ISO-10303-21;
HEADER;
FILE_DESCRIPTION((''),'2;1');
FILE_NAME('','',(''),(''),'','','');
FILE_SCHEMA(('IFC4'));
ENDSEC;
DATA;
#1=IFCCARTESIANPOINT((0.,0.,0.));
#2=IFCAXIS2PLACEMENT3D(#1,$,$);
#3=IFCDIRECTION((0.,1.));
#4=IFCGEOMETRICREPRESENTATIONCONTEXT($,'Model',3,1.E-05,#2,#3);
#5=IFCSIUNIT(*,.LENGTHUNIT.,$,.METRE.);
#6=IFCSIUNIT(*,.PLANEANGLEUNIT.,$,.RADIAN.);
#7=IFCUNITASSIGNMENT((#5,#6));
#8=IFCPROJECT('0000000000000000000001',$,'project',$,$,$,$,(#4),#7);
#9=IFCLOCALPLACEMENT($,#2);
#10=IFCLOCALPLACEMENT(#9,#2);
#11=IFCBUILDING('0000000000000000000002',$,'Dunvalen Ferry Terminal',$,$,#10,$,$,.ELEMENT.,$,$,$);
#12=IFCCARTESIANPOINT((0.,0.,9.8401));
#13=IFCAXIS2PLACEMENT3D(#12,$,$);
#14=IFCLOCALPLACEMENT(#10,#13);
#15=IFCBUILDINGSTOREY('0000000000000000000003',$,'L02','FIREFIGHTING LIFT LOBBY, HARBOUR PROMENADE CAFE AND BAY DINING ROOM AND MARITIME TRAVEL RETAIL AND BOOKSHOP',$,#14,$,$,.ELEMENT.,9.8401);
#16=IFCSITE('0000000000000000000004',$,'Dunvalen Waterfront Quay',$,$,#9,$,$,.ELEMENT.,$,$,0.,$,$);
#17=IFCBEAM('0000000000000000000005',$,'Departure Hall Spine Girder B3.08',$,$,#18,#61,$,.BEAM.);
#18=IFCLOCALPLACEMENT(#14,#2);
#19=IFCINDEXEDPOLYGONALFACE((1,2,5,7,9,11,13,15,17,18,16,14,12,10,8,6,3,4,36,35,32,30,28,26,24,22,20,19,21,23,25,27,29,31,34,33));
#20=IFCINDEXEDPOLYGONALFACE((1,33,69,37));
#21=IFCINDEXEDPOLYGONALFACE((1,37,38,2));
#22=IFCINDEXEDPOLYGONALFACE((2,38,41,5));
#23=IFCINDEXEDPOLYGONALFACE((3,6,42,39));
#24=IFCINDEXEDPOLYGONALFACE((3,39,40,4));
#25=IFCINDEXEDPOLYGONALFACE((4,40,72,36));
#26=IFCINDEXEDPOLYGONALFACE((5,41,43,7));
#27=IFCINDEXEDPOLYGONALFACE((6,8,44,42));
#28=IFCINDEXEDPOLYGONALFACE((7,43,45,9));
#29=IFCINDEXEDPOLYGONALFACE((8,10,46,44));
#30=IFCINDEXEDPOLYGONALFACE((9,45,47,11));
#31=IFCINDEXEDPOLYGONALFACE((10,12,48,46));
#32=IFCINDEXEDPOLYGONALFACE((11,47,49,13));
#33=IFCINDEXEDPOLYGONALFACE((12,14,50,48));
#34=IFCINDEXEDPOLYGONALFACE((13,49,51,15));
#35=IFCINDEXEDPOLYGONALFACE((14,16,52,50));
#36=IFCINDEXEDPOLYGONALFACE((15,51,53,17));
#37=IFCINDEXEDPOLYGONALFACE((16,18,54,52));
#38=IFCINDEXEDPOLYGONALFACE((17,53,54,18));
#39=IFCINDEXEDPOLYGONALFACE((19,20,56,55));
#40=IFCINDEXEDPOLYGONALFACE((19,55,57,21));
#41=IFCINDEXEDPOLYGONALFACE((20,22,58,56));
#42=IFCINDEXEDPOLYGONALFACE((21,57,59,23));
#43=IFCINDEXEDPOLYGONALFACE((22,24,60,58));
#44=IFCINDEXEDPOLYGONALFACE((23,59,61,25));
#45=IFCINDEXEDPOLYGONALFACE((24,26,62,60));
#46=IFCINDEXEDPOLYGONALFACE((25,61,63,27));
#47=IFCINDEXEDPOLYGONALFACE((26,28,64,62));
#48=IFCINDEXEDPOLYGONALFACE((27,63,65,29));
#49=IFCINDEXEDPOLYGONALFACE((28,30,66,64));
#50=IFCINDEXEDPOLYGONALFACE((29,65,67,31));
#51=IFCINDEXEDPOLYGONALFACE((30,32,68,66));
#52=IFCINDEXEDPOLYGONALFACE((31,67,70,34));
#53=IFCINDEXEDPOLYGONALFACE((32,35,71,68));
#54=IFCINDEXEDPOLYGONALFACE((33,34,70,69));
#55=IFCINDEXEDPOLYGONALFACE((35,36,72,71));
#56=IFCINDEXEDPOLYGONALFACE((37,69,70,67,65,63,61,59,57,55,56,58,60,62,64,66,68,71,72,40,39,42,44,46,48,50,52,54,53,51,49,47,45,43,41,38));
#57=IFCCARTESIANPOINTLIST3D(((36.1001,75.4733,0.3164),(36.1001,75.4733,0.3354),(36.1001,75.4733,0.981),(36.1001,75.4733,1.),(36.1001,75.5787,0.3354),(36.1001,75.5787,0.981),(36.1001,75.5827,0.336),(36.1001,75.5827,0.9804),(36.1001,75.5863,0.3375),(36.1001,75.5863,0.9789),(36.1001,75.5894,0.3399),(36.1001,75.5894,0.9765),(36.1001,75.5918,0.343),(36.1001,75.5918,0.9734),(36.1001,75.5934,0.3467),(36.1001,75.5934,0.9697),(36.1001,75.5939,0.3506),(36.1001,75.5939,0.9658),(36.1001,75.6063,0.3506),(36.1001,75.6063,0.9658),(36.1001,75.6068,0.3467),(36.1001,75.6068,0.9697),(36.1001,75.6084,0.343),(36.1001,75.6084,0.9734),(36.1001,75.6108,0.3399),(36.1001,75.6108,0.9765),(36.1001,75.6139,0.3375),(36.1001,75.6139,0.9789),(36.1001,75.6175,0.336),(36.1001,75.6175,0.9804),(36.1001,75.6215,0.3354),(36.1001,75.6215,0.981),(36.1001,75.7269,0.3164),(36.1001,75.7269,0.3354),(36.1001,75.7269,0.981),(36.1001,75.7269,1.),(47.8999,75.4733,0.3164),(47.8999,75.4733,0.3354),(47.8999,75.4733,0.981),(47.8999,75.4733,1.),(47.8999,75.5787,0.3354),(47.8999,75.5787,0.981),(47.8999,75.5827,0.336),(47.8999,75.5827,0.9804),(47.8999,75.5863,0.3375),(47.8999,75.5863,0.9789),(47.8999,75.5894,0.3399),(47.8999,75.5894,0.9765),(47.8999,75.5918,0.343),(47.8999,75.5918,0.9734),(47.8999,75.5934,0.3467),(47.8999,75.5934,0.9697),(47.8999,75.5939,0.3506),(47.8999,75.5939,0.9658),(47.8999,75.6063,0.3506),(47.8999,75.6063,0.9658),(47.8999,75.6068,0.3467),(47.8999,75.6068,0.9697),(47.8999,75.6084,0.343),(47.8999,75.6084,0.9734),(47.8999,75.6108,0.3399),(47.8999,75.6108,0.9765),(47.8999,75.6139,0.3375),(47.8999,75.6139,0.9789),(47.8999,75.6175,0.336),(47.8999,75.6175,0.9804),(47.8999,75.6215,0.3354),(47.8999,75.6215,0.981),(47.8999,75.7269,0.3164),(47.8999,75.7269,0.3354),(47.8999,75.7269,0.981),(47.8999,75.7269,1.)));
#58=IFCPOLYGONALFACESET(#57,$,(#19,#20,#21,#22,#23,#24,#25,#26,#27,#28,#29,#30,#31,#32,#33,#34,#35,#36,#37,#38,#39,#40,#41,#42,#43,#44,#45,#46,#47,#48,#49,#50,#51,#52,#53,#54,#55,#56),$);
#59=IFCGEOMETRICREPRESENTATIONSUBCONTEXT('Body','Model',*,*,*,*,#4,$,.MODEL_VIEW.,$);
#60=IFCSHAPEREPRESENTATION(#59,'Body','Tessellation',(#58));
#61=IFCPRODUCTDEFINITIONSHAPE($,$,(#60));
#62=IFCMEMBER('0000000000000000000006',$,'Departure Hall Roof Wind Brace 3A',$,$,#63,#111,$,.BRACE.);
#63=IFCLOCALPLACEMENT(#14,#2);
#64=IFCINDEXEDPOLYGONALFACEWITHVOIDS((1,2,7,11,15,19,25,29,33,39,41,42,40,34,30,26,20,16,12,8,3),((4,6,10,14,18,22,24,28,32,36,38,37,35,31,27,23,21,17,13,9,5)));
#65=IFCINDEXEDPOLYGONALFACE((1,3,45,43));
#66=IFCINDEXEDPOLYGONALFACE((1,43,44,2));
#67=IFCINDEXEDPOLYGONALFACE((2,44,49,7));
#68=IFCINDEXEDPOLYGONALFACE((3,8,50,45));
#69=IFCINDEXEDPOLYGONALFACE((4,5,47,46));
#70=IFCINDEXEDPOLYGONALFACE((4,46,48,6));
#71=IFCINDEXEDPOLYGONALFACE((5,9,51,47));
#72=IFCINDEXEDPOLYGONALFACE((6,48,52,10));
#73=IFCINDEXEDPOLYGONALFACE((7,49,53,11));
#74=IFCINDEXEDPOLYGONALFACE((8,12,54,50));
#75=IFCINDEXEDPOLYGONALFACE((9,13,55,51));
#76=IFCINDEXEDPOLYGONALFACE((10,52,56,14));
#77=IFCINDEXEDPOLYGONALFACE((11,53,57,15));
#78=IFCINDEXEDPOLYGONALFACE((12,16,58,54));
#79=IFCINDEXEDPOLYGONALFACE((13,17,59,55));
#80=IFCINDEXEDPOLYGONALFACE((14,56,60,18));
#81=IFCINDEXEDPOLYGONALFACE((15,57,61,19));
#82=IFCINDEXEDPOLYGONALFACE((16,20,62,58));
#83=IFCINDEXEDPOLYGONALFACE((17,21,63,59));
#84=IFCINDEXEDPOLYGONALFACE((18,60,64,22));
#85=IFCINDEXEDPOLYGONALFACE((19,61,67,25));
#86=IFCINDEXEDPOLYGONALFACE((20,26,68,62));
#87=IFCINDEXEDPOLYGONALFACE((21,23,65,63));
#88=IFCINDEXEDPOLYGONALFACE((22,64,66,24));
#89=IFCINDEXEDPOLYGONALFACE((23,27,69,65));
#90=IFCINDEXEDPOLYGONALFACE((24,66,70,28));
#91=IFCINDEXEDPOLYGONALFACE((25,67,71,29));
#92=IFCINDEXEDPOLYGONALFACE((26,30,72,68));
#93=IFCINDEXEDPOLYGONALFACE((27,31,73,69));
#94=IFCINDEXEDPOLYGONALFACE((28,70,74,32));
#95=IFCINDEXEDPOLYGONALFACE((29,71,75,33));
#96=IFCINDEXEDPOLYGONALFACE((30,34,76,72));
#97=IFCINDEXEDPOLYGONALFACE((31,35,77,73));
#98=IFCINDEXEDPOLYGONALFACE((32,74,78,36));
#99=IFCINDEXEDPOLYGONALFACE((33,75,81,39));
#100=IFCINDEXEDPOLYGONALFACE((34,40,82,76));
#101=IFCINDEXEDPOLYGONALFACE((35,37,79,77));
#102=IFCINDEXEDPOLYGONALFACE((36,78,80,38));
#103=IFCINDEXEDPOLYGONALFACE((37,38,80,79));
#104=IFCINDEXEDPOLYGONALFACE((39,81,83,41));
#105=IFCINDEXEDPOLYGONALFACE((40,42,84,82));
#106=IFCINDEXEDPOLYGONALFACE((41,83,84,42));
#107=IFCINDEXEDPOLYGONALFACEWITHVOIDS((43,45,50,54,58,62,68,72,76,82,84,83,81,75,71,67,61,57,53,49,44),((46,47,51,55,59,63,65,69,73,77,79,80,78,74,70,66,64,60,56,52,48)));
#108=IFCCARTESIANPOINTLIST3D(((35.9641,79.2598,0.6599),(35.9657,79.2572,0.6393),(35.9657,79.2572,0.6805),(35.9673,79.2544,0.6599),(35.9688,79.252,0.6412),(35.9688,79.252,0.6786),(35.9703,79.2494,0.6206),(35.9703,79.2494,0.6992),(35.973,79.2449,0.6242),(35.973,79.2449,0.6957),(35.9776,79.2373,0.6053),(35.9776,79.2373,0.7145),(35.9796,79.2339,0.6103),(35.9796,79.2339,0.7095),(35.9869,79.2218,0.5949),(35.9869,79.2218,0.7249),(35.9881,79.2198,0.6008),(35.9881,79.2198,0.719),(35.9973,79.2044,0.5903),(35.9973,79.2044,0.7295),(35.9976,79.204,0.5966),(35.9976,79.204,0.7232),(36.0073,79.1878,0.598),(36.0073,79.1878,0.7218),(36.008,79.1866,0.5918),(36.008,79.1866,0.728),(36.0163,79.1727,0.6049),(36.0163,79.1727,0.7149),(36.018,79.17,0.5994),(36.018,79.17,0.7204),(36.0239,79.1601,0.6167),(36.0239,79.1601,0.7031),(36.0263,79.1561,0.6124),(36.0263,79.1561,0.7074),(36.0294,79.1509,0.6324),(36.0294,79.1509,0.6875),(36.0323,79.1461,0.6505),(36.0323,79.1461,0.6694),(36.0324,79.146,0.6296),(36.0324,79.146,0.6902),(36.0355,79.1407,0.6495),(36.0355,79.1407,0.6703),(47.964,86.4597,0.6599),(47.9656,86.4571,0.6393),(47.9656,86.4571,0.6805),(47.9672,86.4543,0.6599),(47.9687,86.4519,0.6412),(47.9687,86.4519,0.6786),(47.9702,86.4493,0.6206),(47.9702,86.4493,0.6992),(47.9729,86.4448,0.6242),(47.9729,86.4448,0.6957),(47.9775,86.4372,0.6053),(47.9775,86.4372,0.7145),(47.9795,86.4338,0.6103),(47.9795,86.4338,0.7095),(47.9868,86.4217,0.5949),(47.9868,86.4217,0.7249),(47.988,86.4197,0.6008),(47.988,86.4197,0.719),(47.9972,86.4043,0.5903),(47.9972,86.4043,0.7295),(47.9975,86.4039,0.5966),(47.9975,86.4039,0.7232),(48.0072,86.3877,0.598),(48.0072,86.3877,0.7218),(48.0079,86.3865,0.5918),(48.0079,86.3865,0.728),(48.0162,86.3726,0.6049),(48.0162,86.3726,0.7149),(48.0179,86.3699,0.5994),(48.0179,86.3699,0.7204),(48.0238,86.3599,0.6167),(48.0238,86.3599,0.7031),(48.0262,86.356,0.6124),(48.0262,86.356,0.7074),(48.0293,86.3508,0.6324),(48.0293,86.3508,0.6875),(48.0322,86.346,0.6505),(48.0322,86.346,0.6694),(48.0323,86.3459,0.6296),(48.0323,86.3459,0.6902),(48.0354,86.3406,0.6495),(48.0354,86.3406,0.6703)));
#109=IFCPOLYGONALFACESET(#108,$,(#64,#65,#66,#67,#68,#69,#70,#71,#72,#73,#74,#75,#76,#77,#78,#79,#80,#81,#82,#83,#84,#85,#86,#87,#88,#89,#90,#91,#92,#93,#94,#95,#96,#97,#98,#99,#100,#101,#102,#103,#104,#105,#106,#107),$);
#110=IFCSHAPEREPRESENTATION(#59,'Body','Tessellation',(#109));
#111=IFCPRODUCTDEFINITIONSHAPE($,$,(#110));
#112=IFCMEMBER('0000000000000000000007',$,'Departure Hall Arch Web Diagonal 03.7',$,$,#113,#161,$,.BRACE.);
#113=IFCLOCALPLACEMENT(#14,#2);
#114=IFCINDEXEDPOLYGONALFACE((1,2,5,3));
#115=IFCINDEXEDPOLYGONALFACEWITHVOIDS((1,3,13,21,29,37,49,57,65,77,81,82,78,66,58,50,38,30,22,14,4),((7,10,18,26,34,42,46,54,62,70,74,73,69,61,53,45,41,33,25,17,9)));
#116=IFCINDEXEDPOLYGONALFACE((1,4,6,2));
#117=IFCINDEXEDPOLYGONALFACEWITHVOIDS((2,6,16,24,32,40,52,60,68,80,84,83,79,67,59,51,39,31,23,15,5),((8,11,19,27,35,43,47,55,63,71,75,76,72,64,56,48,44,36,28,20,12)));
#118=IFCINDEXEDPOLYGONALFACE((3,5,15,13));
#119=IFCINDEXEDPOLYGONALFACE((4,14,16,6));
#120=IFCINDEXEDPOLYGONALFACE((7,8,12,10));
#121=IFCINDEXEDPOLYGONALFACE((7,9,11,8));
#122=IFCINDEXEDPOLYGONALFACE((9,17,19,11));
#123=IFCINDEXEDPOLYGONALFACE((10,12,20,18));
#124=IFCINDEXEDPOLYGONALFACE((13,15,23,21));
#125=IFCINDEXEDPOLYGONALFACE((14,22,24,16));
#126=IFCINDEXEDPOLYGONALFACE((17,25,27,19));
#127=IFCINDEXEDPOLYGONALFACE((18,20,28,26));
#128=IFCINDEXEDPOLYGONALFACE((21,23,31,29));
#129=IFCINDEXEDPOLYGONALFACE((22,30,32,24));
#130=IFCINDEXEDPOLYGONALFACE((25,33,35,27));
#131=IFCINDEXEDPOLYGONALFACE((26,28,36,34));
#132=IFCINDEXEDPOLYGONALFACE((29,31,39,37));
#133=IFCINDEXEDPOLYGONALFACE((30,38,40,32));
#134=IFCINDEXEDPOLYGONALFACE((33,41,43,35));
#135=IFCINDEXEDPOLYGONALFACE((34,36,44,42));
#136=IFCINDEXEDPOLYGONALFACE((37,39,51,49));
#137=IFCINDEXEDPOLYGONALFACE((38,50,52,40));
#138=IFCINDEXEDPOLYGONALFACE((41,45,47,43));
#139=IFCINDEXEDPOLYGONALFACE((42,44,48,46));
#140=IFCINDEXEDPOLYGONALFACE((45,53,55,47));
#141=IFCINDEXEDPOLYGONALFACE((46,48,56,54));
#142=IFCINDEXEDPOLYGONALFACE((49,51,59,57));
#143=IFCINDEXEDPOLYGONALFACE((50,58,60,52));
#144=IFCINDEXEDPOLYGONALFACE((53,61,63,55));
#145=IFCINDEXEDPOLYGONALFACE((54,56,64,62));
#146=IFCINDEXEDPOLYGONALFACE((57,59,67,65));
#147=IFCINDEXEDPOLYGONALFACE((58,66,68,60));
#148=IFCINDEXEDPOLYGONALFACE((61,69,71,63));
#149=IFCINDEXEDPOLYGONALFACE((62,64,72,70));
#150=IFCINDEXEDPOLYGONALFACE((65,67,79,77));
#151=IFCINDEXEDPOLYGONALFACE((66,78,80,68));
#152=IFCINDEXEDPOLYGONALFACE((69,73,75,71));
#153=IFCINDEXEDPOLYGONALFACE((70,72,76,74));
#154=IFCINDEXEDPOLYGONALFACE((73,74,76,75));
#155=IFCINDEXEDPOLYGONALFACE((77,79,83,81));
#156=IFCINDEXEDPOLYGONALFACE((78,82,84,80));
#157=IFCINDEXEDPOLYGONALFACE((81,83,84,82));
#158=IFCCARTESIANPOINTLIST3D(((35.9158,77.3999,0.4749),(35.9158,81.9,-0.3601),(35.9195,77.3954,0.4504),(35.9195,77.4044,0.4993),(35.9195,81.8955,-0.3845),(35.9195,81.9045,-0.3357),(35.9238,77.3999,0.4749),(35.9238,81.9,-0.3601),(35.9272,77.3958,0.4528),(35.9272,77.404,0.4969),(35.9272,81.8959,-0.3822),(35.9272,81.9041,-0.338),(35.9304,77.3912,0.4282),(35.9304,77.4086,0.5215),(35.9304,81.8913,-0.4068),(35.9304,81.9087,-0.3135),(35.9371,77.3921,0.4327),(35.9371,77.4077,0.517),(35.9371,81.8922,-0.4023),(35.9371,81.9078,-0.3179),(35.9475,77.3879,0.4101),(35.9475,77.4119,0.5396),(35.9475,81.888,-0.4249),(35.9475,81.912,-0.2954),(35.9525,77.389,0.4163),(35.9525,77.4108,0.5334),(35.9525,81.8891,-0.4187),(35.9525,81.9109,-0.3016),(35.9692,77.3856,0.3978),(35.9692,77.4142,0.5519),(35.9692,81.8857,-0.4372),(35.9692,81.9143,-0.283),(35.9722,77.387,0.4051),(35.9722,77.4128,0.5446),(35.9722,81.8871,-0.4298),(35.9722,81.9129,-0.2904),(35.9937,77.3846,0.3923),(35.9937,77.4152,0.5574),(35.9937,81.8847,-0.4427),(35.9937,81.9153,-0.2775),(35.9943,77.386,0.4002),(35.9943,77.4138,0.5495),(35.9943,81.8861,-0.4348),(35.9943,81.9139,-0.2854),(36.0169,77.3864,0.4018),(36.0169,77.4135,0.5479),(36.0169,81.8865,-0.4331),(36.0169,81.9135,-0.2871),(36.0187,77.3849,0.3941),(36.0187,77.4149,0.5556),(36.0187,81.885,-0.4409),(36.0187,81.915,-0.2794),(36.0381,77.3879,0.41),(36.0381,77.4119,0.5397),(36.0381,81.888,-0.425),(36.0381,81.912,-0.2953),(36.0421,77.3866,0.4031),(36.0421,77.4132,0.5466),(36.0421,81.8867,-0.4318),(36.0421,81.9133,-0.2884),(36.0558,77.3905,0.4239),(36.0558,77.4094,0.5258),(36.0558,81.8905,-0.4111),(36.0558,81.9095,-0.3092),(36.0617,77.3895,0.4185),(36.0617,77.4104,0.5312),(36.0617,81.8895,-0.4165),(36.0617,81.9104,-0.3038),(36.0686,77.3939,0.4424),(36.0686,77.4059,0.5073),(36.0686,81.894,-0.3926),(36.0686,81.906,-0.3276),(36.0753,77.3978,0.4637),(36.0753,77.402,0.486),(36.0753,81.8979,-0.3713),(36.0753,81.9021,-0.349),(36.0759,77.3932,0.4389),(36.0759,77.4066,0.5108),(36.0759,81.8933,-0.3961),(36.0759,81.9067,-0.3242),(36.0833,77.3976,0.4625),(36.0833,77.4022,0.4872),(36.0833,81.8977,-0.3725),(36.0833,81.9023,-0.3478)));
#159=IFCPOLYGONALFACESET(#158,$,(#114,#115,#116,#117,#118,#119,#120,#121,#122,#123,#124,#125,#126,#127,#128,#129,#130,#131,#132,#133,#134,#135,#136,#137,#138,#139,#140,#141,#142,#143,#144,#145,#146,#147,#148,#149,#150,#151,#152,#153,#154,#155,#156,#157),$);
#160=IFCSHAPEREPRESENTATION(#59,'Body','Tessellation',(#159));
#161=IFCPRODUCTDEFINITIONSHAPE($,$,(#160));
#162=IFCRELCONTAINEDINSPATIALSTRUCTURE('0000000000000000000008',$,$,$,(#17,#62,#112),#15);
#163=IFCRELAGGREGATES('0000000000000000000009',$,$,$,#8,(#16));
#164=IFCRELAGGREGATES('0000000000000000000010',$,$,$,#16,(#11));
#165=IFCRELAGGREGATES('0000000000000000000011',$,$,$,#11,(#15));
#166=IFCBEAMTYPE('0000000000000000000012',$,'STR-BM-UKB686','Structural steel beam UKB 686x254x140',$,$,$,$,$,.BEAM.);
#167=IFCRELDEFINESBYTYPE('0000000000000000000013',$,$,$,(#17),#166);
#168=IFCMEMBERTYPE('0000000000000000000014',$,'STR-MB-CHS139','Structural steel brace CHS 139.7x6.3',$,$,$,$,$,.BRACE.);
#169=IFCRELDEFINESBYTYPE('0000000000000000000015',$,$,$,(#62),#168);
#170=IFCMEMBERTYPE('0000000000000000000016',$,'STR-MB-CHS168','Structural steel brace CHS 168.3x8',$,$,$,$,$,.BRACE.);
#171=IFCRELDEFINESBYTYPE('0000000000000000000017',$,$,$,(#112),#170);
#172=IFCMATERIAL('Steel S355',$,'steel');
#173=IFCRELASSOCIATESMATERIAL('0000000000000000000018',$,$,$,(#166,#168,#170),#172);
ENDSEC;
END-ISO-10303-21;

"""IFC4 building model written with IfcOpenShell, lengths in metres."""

from ifc_helpers import new_model, si_unit, direction, frame, origin, origin_2d, place, context, subcontext, project, spatial, hollow_circle, i_section, extrude, material, material_profile, profile_set, type_object, element, save


model = new_model("IFC4")

# Units and contexts
model_context = context("Model", 3, precision=1e-05, world=origin(), true_north=direction((0.0, 1.0)))
body_context = subcontext(model_context, "Body", "Model", "MODEL_VIEW")
ifc_project = project(units=[si_unit("LENGTHUNIT", "METRE"), si_unit("PLANEANGLEUNIT", "RADIAN")], contexts=[model_context])

# Site, building, storey
site_placement = place(None, origin())
site = spatial("IfcSite", under=ifc_project, at=site_placement, Name="Dunvalen Waterfront Quay", CompositionType="ELEMENT", RefElevation=0.0)
building_placement = place(site_placement, origin())
building = spatial("IfcBuilding", under=site, at=building_placement, Name="Dunvalen Ferry Terminal", CompositionType="ELEMENT")
storey_placement = place(building_placement, frame((0.0, 0.0, 9.8401)))
storey = spatial("IfcBuildingStorey", under=building, at=storey_placement, Name="L02", Description="FIREFIGHTING LIFT LOBBY, HARBOUR PROMENADE CAFE AND BAY DINING ROOM AND MARITIME TRAVEL RETAIL AND BOOKSHOP", CompositionType="ELEMENT", Elevation=9.8401)

# Beam
ifc_material_1 = material(Name="Steel S355", Category="steel")
ifc_material_profile_1 = material_profile(ifc_material_1, i_section(OverallWidth=0.2537, OverallDepth=0.6836, WebThickness=0.0125, FlangeThickness=0.019, FilletRadius=0.0151, at=origin_2d()), Name="Steel S355")
ifc_profile_set_1 = profile_set([ifc_material_profile_1], Name="Steel S355")
beam_type_1 = type_object("IfcBeamType", Name="STR-BM-UKB686", Description="Structural steel beam UKB 686x254x140", PredefinedType="BEAM", material=ifc_profile_set_1)
beam_1_placement = place(storey_placement, frame((36.1001, 75.6001, 0.6582), z_axis=(1.0, 0.0, 0.0), x_axis=(0.0, 1.0, 0.0)))
element("IfcBeam", 1, at=beam_1_placement, inside=storey, type_object=beam_type_1, Name="Departure Hall Spine Girder B3.08", PredefinedType="BEAM", context=body_context, shape_type="SweptSolid", body=[
    extrude(i_section(OverallWidth=0.2537, OverallDepth=0.6836, WebThickness=0.0125, FlangeThickness=0.019, FilletRadius=0.0151, at=origin_2d()), origin(), (0.0, 0.0, 1.0), 11.7998),
])

# Members
ifc_material_profile_2 = material_profile(ifc_material_1, hollow_circle(Radius=0.0698, WallThickness=0.0063, at=origin_2d()), Name="Steel S355")
ifc_profile_set_2 = profile_set([ifc_material_profile_2], Name="Steel S355")
member_type_1 = type_object("IfcMemberType", Name="STR-MB-CHS139", Description="Structural steel brace CHS 139.7x6.3", PredefinedType="BRACE", material=ifc_profile_set_2)
member_1_placement = place(storey_placement, frame((36.0, 79.2, 0.6599), z_axis=(0.857494, 0.514493, 0.0), x_axis=(-0.514493, 0.857494, 0.0)))
element("IfcMember", 2, at=member_1_placement, inside=storey, type_object=member_type_1, Name="Departure Hall Roof Wind Brace 3A", PredefinedType="BRACE", context=body_context, shape_type="SweptSolid", body=[
    extrude(hollow_circle(Radius=0.0698, WallThickness=0.0063, at=origin_2d()), origin(), (0.0, 0.0, 1.0), 13.9941),
])
ifc_material_profile_3 = material_profile(ifc_material_1, hollow_circle(Radius=0.0842, WallThickness=0.0081, at=origin_2d()), Name="Steel S355")
ifc_profile_set_3 = profile_set([ifc_material_profile_3], Name="Steel S355")
member_type_2 = type_object("IfcMemberType", Name="STR-MB-CHS168", Description="Structural steel brace CHS 168.3x8", PredefinedType="BRACE", material=ifc_profile_set_3)
member_2_placement = place(storey_placement, frame((36.0, 77.3999, 0.4749), z_axis=(0.0, 0.983218, -0.182433), x_axis=(-1.0, 0.0, 0.0)))
element("IfcMember", 3, at=member_2_placement, inside=storey, type_object=member_type_2, Name="Departure Hall Arch Web Diagonal 03.7", PredefinedType="BRACE", context=body_context, shape_type="SweptSolid", body=[
    extrude(hollow_circle(Radius=0.0842, WallThickness=0.0081, at=origin_2d()), origin(), (0.0, 0.0, 1.0), 4.5769),
])

save(model, "model.ifc")
